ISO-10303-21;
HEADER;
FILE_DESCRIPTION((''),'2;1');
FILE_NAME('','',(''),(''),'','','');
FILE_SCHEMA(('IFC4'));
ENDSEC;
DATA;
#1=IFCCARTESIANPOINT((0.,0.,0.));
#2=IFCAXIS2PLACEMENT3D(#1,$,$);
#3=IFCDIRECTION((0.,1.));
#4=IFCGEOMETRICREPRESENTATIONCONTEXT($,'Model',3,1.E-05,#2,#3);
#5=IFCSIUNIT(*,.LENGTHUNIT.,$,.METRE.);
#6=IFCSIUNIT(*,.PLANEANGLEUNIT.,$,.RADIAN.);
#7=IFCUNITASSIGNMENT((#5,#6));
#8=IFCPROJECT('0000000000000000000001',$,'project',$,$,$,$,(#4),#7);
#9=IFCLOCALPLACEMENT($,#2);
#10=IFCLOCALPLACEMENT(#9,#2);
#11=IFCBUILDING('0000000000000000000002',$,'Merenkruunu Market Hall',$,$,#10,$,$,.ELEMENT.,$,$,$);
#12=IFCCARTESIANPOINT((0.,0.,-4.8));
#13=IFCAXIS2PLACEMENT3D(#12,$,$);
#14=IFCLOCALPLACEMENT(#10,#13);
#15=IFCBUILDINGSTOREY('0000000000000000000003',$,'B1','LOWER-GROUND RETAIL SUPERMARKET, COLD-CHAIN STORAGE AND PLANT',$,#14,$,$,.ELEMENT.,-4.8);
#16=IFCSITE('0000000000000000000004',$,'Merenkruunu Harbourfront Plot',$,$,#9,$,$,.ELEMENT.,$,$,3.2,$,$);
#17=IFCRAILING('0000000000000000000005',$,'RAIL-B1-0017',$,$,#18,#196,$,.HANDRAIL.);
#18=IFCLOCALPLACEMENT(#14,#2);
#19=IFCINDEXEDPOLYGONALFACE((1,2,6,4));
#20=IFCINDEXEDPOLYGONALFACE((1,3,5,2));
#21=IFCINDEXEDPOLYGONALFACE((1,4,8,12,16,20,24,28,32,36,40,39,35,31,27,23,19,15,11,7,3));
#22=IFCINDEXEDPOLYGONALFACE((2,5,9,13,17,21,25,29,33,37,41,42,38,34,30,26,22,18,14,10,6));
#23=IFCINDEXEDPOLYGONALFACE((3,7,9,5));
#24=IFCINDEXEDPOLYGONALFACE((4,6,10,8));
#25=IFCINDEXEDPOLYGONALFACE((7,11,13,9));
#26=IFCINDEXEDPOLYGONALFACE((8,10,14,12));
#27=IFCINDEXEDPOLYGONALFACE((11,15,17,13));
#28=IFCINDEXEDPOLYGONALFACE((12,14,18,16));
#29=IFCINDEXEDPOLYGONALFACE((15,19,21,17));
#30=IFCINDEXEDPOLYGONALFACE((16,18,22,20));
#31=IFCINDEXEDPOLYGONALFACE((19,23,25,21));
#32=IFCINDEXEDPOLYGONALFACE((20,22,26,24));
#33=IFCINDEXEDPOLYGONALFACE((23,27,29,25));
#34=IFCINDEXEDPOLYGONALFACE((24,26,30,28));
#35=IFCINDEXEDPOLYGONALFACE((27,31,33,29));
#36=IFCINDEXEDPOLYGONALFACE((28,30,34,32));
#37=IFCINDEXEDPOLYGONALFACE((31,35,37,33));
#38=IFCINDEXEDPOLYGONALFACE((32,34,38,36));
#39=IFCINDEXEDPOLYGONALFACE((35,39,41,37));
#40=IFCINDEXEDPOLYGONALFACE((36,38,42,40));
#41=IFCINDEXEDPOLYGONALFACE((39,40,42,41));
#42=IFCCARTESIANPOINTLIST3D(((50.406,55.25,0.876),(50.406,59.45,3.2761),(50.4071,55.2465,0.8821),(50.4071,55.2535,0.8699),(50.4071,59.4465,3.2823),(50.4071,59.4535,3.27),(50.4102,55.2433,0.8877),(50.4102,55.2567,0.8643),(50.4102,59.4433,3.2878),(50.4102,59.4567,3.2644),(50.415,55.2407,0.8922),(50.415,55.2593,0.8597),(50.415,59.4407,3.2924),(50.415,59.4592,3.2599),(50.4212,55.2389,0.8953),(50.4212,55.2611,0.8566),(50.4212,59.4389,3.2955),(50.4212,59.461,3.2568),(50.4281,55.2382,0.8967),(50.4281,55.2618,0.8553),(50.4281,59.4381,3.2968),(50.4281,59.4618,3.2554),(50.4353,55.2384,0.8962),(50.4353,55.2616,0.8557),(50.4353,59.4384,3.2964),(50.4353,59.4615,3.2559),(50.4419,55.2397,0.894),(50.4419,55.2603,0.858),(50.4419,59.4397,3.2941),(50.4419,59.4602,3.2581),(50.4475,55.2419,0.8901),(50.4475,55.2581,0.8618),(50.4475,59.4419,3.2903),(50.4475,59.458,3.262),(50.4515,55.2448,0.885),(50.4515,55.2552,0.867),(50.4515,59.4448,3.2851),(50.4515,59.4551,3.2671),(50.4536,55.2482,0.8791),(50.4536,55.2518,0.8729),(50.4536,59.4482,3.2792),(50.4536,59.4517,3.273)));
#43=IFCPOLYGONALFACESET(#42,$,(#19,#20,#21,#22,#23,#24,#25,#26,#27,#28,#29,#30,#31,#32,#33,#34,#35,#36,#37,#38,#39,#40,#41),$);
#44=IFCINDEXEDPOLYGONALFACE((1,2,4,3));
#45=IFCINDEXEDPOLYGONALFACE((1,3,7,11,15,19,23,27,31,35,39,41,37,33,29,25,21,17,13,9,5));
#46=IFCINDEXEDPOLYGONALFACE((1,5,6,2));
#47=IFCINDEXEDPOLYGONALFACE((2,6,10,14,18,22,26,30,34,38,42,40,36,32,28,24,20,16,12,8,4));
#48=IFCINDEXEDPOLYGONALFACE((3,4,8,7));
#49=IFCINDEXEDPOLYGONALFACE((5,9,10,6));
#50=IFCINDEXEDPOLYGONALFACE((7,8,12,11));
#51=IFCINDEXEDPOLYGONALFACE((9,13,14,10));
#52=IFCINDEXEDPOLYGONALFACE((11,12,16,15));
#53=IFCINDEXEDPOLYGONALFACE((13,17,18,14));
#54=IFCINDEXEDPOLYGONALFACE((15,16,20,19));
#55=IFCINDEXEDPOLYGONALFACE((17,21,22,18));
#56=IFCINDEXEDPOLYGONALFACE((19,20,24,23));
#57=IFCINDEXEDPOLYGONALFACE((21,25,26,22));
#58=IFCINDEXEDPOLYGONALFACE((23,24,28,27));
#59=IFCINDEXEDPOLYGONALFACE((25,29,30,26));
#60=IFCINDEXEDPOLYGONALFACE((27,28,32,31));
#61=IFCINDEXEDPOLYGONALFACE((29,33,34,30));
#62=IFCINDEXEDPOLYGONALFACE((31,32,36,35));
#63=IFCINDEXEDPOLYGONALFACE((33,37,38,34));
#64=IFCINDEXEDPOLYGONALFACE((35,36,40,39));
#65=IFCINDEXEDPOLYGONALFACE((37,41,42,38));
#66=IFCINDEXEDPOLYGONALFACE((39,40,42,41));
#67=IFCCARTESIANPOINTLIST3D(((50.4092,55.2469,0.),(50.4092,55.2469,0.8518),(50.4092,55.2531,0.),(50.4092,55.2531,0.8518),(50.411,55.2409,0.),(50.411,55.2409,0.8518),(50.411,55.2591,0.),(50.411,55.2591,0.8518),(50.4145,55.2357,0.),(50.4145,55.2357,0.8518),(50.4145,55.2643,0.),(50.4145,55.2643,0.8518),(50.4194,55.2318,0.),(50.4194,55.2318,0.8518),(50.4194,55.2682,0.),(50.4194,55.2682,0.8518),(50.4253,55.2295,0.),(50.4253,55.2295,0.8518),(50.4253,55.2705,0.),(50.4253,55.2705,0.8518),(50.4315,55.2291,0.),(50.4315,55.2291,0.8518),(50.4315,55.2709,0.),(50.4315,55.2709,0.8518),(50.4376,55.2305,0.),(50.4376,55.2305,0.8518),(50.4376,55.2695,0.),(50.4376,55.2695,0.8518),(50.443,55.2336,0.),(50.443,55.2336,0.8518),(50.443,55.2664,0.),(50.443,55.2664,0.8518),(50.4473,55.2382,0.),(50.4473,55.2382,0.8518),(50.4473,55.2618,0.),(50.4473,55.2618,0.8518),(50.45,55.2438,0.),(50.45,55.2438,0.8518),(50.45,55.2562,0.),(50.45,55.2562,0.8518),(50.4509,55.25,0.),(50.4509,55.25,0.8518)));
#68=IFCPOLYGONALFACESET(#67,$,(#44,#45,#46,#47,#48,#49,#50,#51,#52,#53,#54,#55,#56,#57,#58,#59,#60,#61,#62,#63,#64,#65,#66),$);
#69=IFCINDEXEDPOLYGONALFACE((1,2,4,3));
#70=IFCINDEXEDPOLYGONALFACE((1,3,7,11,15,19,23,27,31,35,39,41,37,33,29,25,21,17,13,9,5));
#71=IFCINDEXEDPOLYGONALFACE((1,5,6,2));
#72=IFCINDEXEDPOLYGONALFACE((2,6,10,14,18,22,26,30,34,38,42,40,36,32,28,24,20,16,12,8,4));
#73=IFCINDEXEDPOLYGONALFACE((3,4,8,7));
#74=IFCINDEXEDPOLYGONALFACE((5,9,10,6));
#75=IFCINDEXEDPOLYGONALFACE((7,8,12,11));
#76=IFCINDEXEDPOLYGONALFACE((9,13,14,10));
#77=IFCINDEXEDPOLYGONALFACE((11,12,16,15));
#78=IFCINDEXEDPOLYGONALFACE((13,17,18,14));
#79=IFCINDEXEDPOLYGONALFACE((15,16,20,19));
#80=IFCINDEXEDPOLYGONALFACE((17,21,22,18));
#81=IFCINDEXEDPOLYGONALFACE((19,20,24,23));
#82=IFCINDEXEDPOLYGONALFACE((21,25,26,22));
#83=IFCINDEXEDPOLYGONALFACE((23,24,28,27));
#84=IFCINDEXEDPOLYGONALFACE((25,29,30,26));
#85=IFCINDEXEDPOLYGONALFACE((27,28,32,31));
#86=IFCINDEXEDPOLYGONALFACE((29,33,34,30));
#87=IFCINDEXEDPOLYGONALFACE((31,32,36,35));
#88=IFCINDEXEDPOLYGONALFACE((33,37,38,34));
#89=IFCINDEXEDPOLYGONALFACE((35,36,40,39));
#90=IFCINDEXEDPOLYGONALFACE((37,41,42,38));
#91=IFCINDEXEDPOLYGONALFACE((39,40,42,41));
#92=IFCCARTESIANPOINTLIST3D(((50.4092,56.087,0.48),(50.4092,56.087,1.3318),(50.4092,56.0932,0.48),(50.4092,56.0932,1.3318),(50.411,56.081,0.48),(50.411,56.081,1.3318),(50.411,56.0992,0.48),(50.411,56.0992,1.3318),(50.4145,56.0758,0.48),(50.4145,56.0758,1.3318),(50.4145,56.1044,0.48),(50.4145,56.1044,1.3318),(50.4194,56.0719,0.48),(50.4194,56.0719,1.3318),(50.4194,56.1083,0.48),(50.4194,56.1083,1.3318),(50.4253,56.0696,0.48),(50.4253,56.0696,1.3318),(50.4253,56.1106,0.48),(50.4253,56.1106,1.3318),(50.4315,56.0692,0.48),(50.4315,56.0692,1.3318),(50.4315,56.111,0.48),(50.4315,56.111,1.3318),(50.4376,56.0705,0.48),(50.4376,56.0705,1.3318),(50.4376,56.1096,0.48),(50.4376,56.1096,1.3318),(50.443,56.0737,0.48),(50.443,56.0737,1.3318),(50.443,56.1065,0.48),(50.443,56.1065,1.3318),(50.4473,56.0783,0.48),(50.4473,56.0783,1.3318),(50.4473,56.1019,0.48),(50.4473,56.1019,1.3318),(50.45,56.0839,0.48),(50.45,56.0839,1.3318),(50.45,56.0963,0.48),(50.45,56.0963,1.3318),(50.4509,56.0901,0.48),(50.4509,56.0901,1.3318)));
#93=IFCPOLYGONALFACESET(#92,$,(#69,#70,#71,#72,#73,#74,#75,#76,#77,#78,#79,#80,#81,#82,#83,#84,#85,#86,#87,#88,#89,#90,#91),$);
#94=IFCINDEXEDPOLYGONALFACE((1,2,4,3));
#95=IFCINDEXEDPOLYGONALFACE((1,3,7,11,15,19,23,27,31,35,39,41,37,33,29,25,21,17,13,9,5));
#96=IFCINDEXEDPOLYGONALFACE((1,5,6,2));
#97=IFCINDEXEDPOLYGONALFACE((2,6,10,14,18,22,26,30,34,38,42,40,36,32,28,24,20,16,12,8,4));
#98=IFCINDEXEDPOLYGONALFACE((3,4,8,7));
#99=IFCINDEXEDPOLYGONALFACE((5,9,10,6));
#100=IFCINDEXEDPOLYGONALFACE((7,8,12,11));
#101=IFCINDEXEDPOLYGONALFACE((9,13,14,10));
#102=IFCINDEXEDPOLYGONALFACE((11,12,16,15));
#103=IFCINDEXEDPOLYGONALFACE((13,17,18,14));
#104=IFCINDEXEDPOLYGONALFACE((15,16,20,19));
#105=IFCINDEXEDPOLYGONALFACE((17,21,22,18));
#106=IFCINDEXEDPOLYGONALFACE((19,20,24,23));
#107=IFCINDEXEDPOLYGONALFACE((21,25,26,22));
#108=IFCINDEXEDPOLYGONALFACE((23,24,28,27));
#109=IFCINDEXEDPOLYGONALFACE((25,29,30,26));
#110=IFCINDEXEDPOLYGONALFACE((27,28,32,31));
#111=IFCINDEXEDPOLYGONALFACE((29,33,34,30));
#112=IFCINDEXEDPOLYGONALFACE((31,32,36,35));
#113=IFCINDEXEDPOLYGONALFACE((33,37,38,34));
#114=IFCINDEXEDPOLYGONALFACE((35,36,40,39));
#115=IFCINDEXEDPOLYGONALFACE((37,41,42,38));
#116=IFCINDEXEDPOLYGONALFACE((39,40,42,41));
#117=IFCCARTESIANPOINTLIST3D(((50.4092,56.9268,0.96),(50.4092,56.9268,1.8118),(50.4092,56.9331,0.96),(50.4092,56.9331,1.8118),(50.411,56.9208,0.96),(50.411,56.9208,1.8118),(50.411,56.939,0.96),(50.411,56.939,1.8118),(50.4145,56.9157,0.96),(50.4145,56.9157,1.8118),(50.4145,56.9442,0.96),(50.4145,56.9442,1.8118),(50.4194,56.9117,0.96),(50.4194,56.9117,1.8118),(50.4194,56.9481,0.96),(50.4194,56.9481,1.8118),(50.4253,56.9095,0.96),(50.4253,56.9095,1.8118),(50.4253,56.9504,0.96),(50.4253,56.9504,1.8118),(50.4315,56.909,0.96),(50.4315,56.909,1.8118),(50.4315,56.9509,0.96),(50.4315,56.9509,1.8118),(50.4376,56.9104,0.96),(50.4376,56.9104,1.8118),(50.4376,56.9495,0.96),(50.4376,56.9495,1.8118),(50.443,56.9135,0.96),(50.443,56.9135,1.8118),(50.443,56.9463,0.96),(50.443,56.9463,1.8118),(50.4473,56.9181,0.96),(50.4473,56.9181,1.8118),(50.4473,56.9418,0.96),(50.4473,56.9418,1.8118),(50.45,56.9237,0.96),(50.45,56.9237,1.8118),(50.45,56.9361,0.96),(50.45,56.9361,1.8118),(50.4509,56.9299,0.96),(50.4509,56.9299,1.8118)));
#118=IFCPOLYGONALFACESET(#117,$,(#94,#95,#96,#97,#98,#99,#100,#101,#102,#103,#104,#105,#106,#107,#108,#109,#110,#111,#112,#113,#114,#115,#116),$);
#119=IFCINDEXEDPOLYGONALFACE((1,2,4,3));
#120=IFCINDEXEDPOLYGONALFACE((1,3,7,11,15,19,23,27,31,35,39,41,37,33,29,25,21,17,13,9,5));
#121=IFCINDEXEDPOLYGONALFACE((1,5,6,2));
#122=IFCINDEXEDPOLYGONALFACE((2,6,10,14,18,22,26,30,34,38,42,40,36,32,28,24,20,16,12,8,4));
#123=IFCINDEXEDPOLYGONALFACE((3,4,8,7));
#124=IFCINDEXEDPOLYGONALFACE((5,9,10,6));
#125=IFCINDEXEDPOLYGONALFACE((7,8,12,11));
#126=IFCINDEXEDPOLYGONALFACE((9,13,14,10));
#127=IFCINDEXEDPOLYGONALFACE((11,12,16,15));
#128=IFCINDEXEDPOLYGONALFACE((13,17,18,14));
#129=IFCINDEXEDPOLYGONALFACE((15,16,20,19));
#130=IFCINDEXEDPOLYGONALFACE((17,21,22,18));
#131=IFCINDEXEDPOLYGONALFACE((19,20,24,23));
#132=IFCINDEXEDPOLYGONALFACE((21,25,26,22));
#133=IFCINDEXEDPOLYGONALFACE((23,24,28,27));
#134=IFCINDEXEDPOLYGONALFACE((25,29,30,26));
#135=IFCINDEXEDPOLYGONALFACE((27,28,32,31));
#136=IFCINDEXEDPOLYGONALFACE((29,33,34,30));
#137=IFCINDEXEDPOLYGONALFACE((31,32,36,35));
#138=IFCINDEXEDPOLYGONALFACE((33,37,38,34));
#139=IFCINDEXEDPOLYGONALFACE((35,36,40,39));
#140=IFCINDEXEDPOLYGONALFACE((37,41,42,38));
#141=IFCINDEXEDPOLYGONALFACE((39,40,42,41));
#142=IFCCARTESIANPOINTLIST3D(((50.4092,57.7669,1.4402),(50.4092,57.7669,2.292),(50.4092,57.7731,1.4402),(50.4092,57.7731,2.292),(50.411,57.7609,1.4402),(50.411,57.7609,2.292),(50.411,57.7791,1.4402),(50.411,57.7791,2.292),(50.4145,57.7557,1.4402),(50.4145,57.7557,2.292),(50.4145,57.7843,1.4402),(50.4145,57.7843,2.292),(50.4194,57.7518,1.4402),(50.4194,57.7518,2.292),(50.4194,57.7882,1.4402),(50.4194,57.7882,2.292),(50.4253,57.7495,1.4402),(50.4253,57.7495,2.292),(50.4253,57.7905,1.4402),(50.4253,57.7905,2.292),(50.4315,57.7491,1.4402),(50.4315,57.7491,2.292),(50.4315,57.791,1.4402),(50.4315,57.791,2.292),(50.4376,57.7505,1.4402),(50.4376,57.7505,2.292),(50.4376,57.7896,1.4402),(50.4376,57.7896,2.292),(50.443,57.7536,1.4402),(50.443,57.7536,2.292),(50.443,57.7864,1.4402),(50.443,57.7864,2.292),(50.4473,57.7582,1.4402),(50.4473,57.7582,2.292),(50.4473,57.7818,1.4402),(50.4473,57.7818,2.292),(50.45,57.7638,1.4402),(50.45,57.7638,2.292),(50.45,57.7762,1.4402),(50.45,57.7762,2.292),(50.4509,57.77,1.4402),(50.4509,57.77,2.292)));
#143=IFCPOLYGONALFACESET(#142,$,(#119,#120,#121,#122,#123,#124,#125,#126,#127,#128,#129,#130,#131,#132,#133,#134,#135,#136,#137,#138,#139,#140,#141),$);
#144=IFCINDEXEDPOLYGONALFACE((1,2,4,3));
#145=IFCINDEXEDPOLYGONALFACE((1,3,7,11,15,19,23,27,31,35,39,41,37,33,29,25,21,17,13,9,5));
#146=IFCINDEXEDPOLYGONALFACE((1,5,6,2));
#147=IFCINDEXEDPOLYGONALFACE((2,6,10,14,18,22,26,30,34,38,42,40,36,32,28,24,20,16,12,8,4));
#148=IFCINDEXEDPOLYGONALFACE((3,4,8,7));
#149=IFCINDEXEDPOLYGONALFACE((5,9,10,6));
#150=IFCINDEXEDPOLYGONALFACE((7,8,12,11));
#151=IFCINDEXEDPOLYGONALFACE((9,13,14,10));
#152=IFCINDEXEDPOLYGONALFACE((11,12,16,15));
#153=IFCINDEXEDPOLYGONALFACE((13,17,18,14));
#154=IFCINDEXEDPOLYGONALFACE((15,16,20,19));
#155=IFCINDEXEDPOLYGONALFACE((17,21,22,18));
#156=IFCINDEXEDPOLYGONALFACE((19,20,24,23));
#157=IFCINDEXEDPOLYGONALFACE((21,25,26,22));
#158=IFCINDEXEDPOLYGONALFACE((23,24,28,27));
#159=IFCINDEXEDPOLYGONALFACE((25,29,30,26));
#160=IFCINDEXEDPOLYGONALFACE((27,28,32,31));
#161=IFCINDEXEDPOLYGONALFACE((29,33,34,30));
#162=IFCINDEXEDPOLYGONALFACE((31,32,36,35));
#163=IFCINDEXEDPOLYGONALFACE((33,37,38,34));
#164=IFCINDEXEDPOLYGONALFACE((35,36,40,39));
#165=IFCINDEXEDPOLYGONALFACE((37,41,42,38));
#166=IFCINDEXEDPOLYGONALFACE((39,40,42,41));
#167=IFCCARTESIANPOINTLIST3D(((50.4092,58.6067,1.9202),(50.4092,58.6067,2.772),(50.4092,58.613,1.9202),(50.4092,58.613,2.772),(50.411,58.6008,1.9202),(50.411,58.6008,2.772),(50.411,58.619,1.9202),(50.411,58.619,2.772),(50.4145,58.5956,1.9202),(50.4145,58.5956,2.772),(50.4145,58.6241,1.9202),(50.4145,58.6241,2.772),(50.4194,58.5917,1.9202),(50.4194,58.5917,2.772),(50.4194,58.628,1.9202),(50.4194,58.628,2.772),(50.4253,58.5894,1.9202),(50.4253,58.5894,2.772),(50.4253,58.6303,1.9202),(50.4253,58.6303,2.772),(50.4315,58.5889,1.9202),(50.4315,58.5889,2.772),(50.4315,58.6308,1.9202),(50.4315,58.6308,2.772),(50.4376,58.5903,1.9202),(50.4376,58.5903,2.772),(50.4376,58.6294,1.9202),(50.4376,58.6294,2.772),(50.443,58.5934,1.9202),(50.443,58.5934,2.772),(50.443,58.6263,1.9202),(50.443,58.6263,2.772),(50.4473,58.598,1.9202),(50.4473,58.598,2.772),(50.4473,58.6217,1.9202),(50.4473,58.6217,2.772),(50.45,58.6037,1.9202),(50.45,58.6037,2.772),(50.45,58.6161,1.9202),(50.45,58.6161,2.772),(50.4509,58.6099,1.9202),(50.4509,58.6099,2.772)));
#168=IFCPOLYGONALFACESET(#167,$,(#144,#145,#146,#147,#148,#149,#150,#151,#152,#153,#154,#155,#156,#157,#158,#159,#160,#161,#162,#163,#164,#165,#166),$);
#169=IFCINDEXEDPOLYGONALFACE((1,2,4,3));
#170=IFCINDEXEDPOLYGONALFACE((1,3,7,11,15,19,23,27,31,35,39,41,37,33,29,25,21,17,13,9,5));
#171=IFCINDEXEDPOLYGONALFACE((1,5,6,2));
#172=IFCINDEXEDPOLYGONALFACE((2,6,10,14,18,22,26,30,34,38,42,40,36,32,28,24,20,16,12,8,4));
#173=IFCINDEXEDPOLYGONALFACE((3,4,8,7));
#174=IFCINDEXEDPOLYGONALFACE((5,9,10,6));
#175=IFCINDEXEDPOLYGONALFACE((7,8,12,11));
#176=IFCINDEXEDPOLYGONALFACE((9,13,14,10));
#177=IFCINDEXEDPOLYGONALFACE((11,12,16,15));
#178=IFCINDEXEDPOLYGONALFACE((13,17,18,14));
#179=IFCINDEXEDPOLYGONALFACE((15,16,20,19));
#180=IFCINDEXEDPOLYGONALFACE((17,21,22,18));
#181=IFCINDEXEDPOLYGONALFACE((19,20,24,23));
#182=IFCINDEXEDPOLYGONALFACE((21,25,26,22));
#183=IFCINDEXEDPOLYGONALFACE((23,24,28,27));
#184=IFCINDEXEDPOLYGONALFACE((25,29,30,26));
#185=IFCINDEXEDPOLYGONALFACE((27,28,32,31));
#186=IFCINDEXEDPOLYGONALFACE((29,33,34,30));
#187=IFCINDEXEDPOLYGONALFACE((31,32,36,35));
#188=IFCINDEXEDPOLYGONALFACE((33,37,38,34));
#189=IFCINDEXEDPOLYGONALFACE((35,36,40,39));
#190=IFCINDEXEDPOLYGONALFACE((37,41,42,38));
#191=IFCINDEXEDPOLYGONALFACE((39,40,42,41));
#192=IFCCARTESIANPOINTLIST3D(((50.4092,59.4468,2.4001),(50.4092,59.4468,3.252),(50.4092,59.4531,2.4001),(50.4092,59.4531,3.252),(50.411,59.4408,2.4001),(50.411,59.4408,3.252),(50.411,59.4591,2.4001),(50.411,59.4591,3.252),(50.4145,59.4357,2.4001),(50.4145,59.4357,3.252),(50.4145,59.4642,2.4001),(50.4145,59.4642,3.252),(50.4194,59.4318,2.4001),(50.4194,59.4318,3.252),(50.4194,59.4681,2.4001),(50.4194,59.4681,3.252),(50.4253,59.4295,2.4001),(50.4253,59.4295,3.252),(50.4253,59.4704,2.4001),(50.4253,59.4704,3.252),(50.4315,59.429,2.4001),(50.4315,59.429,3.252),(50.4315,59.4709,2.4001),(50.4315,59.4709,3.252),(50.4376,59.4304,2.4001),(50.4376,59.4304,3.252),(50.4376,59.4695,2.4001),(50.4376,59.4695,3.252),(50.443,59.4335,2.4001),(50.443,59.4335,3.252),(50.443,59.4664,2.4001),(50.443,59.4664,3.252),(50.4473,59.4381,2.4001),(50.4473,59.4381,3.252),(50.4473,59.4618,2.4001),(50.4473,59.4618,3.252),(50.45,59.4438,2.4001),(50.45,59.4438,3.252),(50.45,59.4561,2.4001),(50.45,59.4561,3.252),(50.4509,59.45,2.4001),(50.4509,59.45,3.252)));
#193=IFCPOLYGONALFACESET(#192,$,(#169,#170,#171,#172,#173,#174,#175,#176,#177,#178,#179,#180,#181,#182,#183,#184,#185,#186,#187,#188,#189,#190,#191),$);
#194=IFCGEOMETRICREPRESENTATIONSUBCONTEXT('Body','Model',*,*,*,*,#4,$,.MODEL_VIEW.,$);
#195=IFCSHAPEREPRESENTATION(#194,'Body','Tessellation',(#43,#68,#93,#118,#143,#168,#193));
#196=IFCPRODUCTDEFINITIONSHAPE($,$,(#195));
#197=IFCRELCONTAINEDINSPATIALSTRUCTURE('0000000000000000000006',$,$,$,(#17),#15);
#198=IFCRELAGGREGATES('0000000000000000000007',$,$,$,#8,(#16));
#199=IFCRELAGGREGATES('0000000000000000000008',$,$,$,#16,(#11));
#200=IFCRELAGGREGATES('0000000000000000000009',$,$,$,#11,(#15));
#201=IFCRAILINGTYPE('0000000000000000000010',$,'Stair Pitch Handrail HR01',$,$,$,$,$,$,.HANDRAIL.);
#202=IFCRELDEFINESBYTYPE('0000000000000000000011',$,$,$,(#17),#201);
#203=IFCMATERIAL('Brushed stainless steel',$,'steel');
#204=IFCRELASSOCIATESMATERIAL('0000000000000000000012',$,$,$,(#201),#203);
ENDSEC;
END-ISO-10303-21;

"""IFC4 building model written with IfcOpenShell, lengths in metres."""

from ifc_helpers import new_model, si_unit, direction, frame, origin, origin_2d, place, context, subcontext, project, spatial, circle, extrude, material, type_object, element, save


model = new_model("IFC4")

# Units and contexts
model_context = context("Model", 3, precision=1e-05, world=origin(), true_north=direction((0.0, 1.0)))
body_context = subcontext(model_context, "Body", "Model", "MODEL_VIEW")
ifc_project = project(units=[si_unit("LENGTHUNIT", "METRE"), si_unit("PLANEANGLEUNIT", "RADIAN")], contexts=[model_context])

# Site, building, storey
site_placement = place(None, origin())
site = spatial("IfcSite", under=ifc_project, at=site_placement, Name="Merenkruunu Harbourfront Plot", CompositionType="ELEMENT", RefElevation=3.2)
building_placement = place(site_placement, origin())
building = spatial("IfcBuilding", under=site, at=building_placement, Name="Merenkruunu Market Hall", CompositionType="ELEMENT")
storey_placement = place(building_placement, frame((0.0, 0.0, -4.8)))
storey = spatial("IfcBuildingStorey", under=building, at=storey_placement, Name="B1", Description="LOWER-GROUND RETAIL SUPERMARKET, COLD-CHAIN STORAGE AND PLANT", CompositionType="ELEMENT", Elevation=-4.8)

# Shared definitions
ifc_material_1 = material(Name="Brushed stainless steel", Category="steel")

# Railing
railing_type_1 = type_object("IfcRailingType", Name="Stair Pitch Handrail HR01", PredefinedType="HANDRAIL", material=ifc_material_1)
railing_1_placement = place(storey_placement, frame((50.4299, 55.25, 0.0)))
element("IfcRailing", 1, at=railing_1_placement, inside=storey, type_object=railing_type_1, Name="RAIL-B1-0017", PredefinedType="HANDRAIL", context=body_context, shape_type="SweptSolid", body=[
    extrude(circle(Radius=0.0239, at=origin_2d()), frame((0.0, 0.0, 0.876), z_axis=(0.0, 0.868228, 0.496166), x_axis=(-1.0, 0.0, 0.0)), (0.0, 0.0, 1.0), 4.8374),
    extrude(circle(Radius=0.021, at=origin_2d()), origin(), (0.0, 0.0, 1.0), 0.8518),
    extrude(circle(Radius=0.021, at=origin_2d()), frame((0.0, 0.8401, 0.48)), (0.0, 0.0, 1.0), 0.8518),
    extrude(circle(Radius=0.021, at=origin_2d()), frame((0.0, 1.6799, 0.96)), (0.0, 0.0, 1.0), 0.8518),
    extrude(circle(Radius=0.021, at=origin_2d()), frame((0.0, 2.52, 1.4402)), (0.0, 0.0, 1.0), 0.8518),
    extrude(circle(Radius=0.021, at=origin_2d()), frame((0.0, 3.3599, 1.9202)), (0.0, 0.0, 1.0), 0.8518),
    extrude(circle(Radius=0.021, at=origin_2d()), frame((0.0, 4.2, 2.4001)), (0.0, 0.0, 1.0), 0.8518),
])

save(model, "model.ifc")
